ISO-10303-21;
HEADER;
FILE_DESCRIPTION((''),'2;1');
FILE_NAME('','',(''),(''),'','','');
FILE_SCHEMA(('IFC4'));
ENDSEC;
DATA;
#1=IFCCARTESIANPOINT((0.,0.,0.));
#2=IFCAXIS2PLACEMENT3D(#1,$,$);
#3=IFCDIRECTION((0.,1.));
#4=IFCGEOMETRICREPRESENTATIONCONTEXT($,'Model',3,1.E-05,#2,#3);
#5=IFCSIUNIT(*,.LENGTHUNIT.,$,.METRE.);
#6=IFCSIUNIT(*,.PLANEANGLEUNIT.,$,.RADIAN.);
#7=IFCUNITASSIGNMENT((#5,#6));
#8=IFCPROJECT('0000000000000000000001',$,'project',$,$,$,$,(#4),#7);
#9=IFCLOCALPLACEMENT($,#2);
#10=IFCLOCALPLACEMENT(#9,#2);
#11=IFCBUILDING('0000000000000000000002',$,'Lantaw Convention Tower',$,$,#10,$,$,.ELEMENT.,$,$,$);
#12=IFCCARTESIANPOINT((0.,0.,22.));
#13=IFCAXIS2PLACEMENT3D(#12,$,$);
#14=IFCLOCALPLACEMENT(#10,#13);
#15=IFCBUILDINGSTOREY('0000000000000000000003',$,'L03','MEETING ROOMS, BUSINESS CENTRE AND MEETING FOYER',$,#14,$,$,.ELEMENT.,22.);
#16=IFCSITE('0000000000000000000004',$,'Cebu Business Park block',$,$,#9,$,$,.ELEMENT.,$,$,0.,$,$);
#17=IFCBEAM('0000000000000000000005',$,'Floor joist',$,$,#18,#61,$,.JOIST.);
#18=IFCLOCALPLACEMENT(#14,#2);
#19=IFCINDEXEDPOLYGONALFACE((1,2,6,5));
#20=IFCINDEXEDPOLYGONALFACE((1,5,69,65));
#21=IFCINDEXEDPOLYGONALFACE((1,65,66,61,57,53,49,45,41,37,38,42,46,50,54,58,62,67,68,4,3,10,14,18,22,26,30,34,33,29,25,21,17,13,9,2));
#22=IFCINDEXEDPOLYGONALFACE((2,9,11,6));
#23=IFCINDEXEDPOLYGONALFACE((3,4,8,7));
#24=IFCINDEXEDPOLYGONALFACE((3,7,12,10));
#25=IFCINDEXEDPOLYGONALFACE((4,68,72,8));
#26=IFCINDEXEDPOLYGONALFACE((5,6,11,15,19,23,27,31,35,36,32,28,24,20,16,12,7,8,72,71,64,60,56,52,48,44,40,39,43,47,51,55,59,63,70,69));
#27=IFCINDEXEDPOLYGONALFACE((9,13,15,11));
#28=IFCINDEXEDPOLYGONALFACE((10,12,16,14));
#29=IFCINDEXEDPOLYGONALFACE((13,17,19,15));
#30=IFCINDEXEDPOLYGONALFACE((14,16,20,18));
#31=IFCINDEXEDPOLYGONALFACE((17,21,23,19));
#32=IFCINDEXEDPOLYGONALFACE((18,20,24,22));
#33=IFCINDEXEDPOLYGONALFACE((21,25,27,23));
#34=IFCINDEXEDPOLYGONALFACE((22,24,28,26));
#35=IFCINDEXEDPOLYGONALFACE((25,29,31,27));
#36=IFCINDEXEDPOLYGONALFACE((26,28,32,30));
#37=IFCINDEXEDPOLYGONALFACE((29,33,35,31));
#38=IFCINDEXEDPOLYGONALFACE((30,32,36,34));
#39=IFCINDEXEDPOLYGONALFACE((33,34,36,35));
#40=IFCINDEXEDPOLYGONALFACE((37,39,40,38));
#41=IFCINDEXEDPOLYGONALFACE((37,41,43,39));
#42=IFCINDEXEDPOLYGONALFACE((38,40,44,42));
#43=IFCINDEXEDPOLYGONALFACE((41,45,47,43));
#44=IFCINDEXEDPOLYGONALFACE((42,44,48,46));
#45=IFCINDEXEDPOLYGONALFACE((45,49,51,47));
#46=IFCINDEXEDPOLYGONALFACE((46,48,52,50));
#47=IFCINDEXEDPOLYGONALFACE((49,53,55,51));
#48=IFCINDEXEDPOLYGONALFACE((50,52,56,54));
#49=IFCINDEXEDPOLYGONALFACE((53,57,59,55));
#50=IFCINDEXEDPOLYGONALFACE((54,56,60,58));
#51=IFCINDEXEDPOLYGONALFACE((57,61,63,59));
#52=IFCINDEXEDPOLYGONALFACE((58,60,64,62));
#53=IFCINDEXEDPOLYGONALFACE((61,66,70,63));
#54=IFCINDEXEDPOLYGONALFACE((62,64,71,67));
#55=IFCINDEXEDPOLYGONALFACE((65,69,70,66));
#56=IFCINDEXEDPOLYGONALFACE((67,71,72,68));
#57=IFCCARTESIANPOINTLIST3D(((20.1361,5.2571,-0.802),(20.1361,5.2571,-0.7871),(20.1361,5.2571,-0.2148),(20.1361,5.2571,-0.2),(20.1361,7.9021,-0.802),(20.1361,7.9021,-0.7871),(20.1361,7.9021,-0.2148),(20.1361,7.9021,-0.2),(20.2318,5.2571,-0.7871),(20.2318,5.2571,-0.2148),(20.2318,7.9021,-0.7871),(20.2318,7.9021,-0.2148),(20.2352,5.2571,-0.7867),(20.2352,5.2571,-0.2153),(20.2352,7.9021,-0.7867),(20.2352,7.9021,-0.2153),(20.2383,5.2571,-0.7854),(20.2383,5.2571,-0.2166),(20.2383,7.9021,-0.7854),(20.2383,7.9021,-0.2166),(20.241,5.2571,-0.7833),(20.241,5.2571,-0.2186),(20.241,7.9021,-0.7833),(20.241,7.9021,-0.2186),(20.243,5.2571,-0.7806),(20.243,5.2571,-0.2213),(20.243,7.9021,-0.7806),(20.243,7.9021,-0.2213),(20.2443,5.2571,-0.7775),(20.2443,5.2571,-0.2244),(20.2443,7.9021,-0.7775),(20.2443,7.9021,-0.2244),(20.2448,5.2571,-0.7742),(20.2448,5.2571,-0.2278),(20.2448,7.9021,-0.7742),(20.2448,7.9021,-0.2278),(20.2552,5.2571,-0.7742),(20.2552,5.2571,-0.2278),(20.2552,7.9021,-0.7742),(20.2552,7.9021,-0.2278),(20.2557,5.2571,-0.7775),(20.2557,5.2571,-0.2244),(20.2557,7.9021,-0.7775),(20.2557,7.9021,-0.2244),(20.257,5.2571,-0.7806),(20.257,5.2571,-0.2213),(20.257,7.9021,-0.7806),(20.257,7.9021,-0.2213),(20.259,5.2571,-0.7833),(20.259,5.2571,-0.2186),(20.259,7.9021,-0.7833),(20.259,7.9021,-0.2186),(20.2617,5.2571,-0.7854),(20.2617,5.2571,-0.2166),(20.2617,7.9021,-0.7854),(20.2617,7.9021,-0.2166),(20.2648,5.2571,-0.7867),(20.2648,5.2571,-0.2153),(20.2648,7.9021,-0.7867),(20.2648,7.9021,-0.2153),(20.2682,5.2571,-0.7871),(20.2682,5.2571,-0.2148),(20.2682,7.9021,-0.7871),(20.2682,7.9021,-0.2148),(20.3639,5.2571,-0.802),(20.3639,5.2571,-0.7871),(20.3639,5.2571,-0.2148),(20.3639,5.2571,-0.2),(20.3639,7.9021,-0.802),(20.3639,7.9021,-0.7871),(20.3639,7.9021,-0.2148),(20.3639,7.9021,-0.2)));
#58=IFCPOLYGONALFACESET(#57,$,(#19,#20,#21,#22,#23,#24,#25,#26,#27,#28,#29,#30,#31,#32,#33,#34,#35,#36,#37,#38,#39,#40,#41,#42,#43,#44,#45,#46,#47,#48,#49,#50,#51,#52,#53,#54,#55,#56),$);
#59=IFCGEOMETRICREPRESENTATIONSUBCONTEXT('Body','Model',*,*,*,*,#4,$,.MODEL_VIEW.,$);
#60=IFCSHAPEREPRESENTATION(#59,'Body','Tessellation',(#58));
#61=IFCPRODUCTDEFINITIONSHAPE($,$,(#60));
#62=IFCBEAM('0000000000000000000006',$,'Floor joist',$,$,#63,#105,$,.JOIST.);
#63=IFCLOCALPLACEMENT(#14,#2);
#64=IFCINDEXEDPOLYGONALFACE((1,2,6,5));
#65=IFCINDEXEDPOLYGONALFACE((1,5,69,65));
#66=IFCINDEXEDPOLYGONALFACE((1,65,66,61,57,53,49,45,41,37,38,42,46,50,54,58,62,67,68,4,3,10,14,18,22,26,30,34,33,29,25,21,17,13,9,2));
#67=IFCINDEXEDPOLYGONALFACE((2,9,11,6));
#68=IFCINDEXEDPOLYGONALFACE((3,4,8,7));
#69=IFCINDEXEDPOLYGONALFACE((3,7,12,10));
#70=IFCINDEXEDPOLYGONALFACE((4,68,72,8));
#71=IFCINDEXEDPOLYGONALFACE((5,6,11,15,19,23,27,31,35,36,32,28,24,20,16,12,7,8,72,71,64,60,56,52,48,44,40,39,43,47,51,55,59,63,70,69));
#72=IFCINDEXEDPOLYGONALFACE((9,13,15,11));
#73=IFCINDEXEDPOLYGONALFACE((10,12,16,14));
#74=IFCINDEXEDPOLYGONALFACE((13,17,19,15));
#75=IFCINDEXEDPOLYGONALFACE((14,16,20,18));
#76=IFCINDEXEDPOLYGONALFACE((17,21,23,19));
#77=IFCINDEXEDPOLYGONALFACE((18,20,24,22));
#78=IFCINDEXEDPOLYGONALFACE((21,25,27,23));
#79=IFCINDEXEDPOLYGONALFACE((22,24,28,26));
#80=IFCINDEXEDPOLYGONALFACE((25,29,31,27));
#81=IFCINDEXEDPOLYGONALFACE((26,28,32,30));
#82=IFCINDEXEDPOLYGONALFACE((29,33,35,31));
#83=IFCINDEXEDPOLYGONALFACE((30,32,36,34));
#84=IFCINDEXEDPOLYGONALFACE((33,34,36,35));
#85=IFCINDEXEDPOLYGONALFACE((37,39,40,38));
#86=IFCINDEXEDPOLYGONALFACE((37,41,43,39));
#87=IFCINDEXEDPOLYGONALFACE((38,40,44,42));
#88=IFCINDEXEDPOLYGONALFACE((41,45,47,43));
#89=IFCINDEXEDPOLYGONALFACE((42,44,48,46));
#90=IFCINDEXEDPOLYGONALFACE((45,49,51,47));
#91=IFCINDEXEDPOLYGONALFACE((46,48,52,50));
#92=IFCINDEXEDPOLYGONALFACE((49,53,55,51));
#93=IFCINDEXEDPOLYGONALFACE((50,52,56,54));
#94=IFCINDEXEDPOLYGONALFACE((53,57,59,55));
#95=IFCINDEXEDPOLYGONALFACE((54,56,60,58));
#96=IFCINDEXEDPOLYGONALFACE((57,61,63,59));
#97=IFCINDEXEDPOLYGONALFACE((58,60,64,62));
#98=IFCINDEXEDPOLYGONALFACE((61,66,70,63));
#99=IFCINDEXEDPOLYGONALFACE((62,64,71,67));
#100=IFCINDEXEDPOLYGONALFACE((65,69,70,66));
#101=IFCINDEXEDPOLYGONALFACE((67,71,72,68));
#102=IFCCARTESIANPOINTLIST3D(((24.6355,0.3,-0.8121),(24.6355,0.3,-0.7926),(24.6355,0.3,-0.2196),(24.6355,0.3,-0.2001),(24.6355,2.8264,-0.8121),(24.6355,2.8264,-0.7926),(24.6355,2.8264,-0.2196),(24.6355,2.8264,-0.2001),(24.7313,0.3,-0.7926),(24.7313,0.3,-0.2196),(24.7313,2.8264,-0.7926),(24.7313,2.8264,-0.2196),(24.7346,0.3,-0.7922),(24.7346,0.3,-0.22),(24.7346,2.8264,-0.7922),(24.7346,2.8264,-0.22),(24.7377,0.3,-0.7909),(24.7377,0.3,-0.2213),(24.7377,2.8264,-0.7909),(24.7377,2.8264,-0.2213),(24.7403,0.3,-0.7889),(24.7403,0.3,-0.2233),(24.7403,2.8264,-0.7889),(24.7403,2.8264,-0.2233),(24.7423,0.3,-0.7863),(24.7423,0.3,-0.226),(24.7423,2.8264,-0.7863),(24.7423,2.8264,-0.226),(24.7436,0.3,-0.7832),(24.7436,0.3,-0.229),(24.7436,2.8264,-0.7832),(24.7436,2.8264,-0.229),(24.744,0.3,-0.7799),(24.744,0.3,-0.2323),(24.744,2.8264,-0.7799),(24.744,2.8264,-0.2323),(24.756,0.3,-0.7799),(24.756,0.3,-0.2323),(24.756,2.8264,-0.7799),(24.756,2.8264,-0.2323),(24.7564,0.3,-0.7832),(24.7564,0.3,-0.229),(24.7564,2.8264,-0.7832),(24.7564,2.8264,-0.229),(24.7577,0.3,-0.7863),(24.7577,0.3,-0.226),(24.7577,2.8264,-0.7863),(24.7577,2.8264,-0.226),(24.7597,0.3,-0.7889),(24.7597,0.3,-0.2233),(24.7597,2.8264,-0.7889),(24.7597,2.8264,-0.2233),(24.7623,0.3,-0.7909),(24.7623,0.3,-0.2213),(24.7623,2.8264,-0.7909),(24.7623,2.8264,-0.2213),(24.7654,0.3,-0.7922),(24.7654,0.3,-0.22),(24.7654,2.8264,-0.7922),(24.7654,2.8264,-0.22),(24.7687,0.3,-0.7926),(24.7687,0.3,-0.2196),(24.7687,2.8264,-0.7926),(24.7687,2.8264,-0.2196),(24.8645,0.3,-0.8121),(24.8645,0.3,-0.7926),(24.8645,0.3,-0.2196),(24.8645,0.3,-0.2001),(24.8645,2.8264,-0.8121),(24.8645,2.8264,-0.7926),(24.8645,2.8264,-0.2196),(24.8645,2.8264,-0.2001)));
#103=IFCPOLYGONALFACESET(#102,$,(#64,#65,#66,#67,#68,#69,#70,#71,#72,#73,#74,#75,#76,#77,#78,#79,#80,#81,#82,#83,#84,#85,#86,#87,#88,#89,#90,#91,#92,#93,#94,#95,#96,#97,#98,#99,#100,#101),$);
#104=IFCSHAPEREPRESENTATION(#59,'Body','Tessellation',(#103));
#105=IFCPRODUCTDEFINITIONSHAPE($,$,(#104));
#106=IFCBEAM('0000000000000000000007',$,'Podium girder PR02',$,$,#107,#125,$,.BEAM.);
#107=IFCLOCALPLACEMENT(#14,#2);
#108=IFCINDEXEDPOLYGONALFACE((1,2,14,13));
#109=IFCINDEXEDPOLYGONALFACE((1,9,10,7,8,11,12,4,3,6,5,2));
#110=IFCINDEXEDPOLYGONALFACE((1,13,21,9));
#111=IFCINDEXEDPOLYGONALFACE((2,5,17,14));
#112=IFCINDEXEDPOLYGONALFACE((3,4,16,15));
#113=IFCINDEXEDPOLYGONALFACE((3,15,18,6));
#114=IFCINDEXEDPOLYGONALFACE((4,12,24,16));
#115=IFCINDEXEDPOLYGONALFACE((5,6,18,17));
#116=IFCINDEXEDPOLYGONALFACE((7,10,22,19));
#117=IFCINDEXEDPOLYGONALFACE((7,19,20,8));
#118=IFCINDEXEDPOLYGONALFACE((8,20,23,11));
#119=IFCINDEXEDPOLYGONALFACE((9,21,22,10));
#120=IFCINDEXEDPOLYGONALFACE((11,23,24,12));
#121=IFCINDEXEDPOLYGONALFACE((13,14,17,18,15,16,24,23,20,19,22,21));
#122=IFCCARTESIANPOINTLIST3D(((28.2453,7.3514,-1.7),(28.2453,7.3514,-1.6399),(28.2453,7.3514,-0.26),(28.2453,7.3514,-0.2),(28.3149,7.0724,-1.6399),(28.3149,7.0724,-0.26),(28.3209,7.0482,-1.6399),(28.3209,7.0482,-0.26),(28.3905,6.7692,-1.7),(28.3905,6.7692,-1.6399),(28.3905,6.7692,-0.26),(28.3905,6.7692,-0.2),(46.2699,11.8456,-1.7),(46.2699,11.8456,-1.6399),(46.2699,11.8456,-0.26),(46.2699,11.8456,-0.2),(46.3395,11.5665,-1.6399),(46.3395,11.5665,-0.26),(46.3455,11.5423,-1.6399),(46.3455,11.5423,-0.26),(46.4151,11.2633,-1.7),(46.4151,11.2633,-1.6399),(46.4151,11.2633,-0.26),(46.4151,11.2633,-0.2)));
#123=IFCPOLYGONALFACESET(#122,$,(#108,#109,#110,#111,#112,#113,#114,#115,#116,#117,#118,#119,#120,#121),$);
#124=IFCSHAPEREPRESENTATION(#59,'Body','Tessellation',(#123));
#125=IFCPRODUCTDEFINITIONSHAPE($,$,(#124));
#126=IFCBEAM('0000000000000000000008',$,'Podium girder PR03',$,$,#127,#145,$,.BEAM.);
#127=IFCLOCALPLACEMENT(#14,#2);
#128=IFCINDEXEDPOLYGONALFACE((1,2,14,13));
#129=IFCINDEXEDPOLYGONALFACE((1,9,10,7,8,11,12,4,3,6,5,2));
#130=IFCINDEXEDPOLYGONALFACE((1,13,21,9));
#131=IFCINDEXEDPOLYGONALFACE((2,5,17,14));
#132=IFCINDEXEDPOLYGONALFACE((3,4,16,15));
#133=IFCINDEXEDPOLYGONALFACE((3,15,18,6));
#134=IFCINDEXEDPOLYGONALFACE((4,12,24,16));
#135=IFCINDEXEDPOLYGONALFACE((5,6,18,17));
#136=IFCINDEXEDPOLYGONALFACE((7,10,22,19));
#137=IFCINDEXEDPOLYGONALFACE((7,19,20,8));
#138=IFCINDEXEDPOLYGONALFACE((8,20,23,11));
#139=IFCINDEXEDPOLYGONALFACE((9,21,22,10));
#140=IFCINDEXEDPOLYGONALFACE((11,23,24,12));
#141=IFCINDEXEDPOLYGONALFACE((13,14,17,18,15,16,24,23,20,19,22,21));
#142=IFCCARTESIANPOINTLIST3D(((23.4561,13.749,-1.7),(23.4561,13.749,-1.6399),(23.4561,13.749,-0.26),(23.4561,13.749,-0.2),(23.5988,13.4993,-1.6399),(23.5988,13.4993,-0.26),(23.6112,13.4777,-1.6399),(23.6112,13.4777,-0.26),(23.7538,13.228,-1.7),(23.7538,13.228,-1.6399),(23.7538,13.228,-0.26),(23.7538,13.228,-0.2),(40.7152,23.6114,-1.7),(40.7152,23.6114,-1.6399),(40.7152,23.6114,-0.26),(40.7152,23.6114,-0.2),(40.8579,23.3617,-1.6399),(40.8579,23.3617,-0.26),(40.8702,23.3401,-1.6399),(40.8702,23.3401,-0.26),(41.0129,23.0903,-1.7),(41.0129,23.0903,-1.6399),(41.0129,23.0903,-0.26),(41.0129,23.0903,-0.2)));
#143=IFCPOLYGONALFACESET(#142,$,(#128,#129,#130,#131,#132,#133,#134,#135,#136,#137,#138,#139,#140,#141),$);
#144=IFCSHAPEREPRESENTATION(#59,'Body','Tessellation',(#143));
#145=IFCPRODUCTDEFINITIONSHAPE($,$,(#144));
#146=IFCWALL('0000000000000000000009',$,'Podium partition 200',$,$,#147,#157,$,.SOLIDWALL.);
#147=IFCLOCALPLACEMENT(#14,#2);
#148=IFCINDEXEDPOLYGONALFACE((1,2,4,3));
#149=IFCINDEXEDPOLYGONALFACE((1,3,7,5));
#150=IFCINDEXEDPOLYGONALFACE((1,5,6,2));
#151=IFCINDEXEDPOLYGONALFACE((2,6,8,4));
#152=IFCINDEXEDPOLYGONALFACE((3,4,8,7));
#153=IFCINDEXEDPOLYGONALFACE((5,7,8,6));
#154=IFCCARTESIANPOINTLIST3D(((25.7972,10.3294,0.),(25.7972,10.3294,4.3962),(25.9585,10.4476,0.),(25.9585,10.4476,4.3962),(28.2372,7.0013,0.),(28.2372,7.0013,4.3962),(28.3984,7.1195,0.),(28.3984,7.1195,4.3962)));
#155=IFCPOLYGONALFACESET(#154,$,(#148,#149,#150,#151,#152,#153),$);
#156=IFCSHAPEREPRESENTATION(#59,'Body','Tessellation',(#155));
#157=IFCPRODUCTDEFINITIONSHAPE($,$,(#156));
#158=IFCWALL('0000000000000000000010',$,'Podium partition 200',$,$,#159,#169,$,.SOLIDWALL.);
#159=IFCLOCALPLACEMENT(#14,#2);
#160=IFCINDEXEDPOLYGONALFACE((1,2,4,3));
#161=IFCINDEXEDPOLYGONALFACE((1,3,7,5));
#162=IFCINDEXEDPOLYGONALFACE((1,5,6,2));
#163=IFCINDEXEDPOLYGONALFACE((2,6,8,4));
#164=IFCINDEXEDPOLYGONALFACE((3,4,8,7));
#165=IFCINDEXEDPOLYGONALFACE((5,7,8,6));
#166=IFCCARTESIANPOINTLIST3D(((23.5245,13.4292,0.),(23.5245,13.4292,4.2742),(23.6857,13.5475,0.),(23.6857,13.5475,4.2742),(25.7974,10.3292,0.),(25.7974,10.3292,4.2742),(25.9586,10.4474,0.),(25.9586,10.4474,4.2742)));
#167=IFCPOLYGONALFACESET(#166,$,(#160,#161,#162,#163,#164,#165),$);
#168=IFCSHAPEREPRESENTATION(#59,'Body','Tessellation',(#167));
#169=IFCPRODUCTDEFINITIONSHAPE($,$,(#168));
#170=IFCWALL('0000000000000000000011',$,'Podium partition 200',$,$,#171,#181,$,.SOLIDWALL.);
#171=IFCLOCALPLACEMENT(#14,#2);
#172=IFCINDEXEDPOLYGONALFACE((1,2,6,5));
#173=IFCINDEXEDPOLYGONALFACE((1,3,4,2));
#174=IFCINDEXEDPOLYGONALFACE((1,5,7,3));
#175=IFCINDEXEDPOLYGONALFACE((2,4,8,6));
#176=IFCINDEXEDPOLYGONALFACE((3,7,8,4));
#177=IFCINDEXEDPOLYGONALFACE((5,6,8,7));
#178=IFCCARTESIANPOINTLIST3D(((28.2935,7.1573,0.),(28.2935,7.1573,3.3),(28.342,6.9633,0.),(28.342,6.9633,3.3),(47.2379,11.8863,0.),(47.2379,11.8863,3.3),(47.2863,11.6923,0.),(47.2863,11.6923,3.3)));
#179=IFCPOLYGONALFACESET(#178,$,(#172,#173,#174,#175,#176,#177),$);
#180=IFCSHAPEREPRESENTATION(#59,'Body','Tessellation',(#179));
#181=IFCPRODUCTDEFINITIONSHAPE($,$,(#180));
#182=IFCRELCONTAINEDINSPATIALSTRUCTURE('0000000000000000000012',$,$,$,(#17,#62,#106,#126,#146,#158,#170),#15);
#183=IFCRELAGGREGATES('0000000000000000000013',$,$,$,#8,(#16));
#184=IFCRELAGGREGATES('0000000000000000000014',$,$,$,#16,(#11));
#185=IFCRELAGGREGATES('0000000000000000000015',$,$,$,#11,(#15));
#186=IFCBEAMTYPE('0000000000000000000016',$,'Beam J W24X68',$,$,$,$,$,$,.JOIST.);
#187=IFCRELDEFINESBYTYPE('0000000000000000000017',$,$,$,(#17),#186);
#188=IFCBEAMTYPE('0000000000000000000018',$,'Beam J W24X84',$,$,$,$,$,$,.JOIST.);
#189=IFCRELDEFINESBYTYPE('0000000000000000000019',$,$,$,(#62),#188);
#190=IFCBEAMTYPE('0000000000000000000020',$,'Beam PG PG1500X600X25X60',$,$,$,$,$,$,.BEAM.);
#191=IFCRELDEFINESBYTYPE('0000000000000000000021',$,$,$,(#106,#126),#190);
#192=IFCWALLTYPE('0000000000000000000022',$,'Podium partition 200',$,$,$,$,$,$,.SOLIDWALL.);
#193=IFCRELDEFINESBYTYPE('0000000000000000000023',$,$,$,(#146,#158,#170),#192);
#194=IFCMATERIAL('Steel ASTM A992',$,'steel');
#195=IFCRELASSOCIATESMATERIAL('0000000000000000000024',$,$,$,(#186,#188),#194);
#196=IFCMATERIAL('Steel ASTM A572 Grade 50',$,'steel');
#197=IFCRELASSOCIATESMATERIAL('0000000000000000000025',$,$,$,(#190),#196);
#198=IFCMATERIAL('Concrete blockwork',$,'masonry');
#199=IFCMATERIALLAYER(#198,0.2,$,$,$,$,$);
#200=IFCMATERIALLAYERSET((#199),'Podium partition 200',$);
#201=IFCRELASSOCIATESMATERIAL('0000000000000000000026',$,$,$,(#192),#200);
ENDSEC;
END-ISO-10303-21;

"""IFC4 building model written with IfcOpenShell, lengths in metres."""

from ifc_helpers import new_model, si_unit, direction, frame, frame_2d, origin, origin_2d, place, context, subcontext, project, spatial, rectangle, i_section, extrude, material, layer, layer_set, material_profile, profile_set, type_object, element, save


model = new_model("IFC4")

# Units and contexts
model_context = context("Model", 3, precision=1e-05, world=origin(), true_north=direction((0.0, 1.0)))
body_context = subcontext(model_context, "Body", "Model", "MODEL_VIEW")
ifc_project = project(units=[si_unit("LENGTHUNIT", "METRE"), si_unit("PLANEANGLEUNIT", "RADIAN")], contexts=[model_context])

# Site, building, storey
site_placement = place(None, origin())
site = spatial("IfcSite", under=ifc_project, at=site_placement, Name="Cebu Business Park block", CompositionType="ELEMENT", RefElevation=0.0)
building_placement = place(site_placement, origin())
building = spatial("IfcBuilding", under=site, at=building_placement, Name="Lantaw Convention Tower", CompositionType="ELEMENT")
storey_placement = place(building_placement, frame((0.0, 0.0, 22.0)))
storey = spatial("IfcBuildingStorey", under=building, at=storey_placement, Name="L03", Description="MEETING ROOMS, BUSINESS CENTRE AND MEETING FOYER", CompositionType="ELEMENT", Elevation=22.0)

# Shared definitions
ifc_material_1 = material(Name="Steel ASTM A572 Grade 50", Category="steel")

# Beams
ifc_material_2 = material(Name="Steel ASTM A992", Category="steel")
ifc_material_profile_1 = material_profile(ifc_material_2, i_section(OverallWidth=0.2278, OverallDepth=0.6021, WebThickness=0.0105, FlangeThickness=0.0149, FilletRadius=0.0129, at=origin_2d()), Name="W24X68")
ifc_profile_set_1 = profile_set([ifc_material_profile_1], Name="Steel ASTM A992")
beam_type_1 = type_object("IfcBeamType", Name="Beam J W24X68", PredefinedType="JOIST", material=ifc_profile_set_1)
beam_1_placement = place(storey_placement, frame((20.25, 5.2571, -0.501), z_axis=(0.0, 1.0, 0.0), x_axis=(-1.0, 0.0, 0.0)))
element("IfcBeam", 1, at=beam_1_placement, inside=storey, type_object=beam_type_1, Name="Floor joist", PredefinedType="JOIST", context=body_context, shape_type="SweptSolid", body=[
    extrude(i_section(OverallWidth=0.2278, OverallDepth=0.6021, WebThickness=0.0105, FlangeThickness=0.0149, FilletRadius=0.0129, at=origin_2d()), origin(), (0.0, 0.0, 1.0), 2.645),
])
ifc_material_profile_2 = material_profile(ifc_material_2, i_section(OverallWidth=0.229, OverallDepth=0.6121, WebThickness=0.012, FlangeThickness=0.0195, FilletRadius=0.0127, at=origin_2d()), Name="W24X84")
ifc_profile_set_2 = profile_set([ifc_material_profile_2], Name="Steel ASTM A992")
beam_type_2 = type_object("IfcBeamType", Name="Beam J W24X84", PredefinedType="JOIST", material=ifc_profile_set_2)
beam_2_placement = place(storey_placement, frame((24.75, 0.3, -0.5061), z_axis=(0.0, 1.0, 0.0), x_axis=(-1.0, 0.0, 0.0)))
element("IfcBeam", 2, at=beam_2_placement, inside=storey, type_object=beam_type_2, Name="Floor joist", PredefinedType="JOIST", context=body_context, shape_type="SweptSolid", body=[
    extrude(i_section(OverallWidth=0.229, OverallDepth=0.6121, WebThickness=0.012, FlangeThickness=0.0195, FilletRadius=0.0127, at=origin_2d()), origin(), (0.0, 0.0, 1.0), 2.5264),
])
ifc_material_profile_3 = material_profile(ifc_material_1, i_section(OverallWidth=0.6001, OverallDepth=1.5, WebThickness=0.0249, FlangeThickness=0.0601, at=origin_2d()), Name="PG1500X600X25X60")
ifc_profile_set_3 = profile_set([ifc_material_profile_3], Name="Steel ASTM A572 Grade 50")
beam_type_3 = type_object("IfcBeamType", Name="Beam PG PG1500X600X25X60", PredefinedType="BEAM", material=ifc_profile_set_3)
beam_3_placement = place(storey_placement, frame((28.3179, 7.0603, -0.95), z_axis=(0.970295, 0.241926, 0.0), x_axis=(-0.241926, 0.970295, 0.0)))
element("IfcBeam", 3, at=beam_3_placement, inside=storey, type_object=beam_type_3, Name="Podium girder PR02", PredefinedType="BEAM", context=body_context, shape_type="SweptSolid", body=[
    extrude(i_section(OverallWidth=0.6001, OverallDepth=1.5, WebThickness=0.0249, FlangeThickness=0.0601, at=origin_2d()), origin(), (0.0, 0.0, 1.0), 18.5764),
])
beam_4_placement = place(storey_placement, frame((23.605, 13.4885, -0.95), z_axis=(0.868243, 0.496139, 0.0), x_axis=(-0.496139, 0.868243, 0.0)))
element("IfcBeam", 4, at=beam_4_placement, inside=storey, type_object=beam_type_3, Name="Podium girder PR03", PredefinedType="BEAM", context=body_context, shape_type="SweptSolid", body=[
    extrude(i_section(OverallWidth=0.6001, OverallDepth=1.5, WebThickness=0.0249, FlangeThickness=0.0601, at=origin_2d()), origin(), (0.0, 0.0, 1.0), 19.8782),
])

# Walls
ifc_material_3 = material(Name="Concrete blockwork", Category="masonry")
ifc_layer = layer(ifc_material_3, 0.2)
ifc_layer_set = layer_set([ifc_layer], Name="Podium partition 200")
wall_type = type_object("IfcWallType", Name="Podium partition 200", PredefinedType="SOLIDWALL", material=ifc_layer_set)
wall_1_placement = place(storey_placement, frame((28.3179, 7.0603, 0.0), z_axis=(0.0, 0.0, 1.0), x_axis=(-0.591256, 0.806484, 0.0)))
element("IfcWall", 5, at=wall_1_placement, inside=storey, type_object=wall_type, Name="Podium partition 200", PredefinedType="SOLIDWALL", context=body_context, shape_type="SweptSolid", body=[
    extrude(rectangle(XDim=4.1267, YDim=0.2, at=frame_2d((2.0635, 0.0))), origin(), (0.0, 0.0, 1.0), 4.3962),
])
wall_2_placement = place(storey_placement, frame((25.8779, 10.3884, 0.0), z_axis=(0.0, 0.0, 1.0), x_axis=(-0.591287, 0.806462, 0.0)))
element("IfcWall", 6, at=wall_2_placement, inside=storey, type_object=wall_type, Name="Podium partition 200", PredefinedType="SOLIDWALL", context=body_context, shape_type="SweptSolid", body=[
    extrude(rectangle(XDim=3.844, YDim=0.2, at=frame_2d((1.9219, 0.0))), origin(), (0.0, 0.0, 1.0), 4.2742),
])

# Wall
wall_3_placement = place(storey_placement, frame((28.3179, 7.0603, 0.0), z_axis=(0.0, 0.0, 1.0), x_axis=(0.970228, 0.242194, 0.0)))
element("IfcWall", 7, at=wall_3_placement, inside=storey, type_object=wall_type, Name="Podium partition 200", PredefinedType="SOLIDWALL", context=body_context, shape_type="SweptSolid", body=[
    extrude(rectangle(XDim=19.5256, YDim=0.2, at=frame_2d((9.7627, 0.0))), origin(), (0.0, 0.0, 1.0), 3.3),
])

save(model, "model.ifc")
